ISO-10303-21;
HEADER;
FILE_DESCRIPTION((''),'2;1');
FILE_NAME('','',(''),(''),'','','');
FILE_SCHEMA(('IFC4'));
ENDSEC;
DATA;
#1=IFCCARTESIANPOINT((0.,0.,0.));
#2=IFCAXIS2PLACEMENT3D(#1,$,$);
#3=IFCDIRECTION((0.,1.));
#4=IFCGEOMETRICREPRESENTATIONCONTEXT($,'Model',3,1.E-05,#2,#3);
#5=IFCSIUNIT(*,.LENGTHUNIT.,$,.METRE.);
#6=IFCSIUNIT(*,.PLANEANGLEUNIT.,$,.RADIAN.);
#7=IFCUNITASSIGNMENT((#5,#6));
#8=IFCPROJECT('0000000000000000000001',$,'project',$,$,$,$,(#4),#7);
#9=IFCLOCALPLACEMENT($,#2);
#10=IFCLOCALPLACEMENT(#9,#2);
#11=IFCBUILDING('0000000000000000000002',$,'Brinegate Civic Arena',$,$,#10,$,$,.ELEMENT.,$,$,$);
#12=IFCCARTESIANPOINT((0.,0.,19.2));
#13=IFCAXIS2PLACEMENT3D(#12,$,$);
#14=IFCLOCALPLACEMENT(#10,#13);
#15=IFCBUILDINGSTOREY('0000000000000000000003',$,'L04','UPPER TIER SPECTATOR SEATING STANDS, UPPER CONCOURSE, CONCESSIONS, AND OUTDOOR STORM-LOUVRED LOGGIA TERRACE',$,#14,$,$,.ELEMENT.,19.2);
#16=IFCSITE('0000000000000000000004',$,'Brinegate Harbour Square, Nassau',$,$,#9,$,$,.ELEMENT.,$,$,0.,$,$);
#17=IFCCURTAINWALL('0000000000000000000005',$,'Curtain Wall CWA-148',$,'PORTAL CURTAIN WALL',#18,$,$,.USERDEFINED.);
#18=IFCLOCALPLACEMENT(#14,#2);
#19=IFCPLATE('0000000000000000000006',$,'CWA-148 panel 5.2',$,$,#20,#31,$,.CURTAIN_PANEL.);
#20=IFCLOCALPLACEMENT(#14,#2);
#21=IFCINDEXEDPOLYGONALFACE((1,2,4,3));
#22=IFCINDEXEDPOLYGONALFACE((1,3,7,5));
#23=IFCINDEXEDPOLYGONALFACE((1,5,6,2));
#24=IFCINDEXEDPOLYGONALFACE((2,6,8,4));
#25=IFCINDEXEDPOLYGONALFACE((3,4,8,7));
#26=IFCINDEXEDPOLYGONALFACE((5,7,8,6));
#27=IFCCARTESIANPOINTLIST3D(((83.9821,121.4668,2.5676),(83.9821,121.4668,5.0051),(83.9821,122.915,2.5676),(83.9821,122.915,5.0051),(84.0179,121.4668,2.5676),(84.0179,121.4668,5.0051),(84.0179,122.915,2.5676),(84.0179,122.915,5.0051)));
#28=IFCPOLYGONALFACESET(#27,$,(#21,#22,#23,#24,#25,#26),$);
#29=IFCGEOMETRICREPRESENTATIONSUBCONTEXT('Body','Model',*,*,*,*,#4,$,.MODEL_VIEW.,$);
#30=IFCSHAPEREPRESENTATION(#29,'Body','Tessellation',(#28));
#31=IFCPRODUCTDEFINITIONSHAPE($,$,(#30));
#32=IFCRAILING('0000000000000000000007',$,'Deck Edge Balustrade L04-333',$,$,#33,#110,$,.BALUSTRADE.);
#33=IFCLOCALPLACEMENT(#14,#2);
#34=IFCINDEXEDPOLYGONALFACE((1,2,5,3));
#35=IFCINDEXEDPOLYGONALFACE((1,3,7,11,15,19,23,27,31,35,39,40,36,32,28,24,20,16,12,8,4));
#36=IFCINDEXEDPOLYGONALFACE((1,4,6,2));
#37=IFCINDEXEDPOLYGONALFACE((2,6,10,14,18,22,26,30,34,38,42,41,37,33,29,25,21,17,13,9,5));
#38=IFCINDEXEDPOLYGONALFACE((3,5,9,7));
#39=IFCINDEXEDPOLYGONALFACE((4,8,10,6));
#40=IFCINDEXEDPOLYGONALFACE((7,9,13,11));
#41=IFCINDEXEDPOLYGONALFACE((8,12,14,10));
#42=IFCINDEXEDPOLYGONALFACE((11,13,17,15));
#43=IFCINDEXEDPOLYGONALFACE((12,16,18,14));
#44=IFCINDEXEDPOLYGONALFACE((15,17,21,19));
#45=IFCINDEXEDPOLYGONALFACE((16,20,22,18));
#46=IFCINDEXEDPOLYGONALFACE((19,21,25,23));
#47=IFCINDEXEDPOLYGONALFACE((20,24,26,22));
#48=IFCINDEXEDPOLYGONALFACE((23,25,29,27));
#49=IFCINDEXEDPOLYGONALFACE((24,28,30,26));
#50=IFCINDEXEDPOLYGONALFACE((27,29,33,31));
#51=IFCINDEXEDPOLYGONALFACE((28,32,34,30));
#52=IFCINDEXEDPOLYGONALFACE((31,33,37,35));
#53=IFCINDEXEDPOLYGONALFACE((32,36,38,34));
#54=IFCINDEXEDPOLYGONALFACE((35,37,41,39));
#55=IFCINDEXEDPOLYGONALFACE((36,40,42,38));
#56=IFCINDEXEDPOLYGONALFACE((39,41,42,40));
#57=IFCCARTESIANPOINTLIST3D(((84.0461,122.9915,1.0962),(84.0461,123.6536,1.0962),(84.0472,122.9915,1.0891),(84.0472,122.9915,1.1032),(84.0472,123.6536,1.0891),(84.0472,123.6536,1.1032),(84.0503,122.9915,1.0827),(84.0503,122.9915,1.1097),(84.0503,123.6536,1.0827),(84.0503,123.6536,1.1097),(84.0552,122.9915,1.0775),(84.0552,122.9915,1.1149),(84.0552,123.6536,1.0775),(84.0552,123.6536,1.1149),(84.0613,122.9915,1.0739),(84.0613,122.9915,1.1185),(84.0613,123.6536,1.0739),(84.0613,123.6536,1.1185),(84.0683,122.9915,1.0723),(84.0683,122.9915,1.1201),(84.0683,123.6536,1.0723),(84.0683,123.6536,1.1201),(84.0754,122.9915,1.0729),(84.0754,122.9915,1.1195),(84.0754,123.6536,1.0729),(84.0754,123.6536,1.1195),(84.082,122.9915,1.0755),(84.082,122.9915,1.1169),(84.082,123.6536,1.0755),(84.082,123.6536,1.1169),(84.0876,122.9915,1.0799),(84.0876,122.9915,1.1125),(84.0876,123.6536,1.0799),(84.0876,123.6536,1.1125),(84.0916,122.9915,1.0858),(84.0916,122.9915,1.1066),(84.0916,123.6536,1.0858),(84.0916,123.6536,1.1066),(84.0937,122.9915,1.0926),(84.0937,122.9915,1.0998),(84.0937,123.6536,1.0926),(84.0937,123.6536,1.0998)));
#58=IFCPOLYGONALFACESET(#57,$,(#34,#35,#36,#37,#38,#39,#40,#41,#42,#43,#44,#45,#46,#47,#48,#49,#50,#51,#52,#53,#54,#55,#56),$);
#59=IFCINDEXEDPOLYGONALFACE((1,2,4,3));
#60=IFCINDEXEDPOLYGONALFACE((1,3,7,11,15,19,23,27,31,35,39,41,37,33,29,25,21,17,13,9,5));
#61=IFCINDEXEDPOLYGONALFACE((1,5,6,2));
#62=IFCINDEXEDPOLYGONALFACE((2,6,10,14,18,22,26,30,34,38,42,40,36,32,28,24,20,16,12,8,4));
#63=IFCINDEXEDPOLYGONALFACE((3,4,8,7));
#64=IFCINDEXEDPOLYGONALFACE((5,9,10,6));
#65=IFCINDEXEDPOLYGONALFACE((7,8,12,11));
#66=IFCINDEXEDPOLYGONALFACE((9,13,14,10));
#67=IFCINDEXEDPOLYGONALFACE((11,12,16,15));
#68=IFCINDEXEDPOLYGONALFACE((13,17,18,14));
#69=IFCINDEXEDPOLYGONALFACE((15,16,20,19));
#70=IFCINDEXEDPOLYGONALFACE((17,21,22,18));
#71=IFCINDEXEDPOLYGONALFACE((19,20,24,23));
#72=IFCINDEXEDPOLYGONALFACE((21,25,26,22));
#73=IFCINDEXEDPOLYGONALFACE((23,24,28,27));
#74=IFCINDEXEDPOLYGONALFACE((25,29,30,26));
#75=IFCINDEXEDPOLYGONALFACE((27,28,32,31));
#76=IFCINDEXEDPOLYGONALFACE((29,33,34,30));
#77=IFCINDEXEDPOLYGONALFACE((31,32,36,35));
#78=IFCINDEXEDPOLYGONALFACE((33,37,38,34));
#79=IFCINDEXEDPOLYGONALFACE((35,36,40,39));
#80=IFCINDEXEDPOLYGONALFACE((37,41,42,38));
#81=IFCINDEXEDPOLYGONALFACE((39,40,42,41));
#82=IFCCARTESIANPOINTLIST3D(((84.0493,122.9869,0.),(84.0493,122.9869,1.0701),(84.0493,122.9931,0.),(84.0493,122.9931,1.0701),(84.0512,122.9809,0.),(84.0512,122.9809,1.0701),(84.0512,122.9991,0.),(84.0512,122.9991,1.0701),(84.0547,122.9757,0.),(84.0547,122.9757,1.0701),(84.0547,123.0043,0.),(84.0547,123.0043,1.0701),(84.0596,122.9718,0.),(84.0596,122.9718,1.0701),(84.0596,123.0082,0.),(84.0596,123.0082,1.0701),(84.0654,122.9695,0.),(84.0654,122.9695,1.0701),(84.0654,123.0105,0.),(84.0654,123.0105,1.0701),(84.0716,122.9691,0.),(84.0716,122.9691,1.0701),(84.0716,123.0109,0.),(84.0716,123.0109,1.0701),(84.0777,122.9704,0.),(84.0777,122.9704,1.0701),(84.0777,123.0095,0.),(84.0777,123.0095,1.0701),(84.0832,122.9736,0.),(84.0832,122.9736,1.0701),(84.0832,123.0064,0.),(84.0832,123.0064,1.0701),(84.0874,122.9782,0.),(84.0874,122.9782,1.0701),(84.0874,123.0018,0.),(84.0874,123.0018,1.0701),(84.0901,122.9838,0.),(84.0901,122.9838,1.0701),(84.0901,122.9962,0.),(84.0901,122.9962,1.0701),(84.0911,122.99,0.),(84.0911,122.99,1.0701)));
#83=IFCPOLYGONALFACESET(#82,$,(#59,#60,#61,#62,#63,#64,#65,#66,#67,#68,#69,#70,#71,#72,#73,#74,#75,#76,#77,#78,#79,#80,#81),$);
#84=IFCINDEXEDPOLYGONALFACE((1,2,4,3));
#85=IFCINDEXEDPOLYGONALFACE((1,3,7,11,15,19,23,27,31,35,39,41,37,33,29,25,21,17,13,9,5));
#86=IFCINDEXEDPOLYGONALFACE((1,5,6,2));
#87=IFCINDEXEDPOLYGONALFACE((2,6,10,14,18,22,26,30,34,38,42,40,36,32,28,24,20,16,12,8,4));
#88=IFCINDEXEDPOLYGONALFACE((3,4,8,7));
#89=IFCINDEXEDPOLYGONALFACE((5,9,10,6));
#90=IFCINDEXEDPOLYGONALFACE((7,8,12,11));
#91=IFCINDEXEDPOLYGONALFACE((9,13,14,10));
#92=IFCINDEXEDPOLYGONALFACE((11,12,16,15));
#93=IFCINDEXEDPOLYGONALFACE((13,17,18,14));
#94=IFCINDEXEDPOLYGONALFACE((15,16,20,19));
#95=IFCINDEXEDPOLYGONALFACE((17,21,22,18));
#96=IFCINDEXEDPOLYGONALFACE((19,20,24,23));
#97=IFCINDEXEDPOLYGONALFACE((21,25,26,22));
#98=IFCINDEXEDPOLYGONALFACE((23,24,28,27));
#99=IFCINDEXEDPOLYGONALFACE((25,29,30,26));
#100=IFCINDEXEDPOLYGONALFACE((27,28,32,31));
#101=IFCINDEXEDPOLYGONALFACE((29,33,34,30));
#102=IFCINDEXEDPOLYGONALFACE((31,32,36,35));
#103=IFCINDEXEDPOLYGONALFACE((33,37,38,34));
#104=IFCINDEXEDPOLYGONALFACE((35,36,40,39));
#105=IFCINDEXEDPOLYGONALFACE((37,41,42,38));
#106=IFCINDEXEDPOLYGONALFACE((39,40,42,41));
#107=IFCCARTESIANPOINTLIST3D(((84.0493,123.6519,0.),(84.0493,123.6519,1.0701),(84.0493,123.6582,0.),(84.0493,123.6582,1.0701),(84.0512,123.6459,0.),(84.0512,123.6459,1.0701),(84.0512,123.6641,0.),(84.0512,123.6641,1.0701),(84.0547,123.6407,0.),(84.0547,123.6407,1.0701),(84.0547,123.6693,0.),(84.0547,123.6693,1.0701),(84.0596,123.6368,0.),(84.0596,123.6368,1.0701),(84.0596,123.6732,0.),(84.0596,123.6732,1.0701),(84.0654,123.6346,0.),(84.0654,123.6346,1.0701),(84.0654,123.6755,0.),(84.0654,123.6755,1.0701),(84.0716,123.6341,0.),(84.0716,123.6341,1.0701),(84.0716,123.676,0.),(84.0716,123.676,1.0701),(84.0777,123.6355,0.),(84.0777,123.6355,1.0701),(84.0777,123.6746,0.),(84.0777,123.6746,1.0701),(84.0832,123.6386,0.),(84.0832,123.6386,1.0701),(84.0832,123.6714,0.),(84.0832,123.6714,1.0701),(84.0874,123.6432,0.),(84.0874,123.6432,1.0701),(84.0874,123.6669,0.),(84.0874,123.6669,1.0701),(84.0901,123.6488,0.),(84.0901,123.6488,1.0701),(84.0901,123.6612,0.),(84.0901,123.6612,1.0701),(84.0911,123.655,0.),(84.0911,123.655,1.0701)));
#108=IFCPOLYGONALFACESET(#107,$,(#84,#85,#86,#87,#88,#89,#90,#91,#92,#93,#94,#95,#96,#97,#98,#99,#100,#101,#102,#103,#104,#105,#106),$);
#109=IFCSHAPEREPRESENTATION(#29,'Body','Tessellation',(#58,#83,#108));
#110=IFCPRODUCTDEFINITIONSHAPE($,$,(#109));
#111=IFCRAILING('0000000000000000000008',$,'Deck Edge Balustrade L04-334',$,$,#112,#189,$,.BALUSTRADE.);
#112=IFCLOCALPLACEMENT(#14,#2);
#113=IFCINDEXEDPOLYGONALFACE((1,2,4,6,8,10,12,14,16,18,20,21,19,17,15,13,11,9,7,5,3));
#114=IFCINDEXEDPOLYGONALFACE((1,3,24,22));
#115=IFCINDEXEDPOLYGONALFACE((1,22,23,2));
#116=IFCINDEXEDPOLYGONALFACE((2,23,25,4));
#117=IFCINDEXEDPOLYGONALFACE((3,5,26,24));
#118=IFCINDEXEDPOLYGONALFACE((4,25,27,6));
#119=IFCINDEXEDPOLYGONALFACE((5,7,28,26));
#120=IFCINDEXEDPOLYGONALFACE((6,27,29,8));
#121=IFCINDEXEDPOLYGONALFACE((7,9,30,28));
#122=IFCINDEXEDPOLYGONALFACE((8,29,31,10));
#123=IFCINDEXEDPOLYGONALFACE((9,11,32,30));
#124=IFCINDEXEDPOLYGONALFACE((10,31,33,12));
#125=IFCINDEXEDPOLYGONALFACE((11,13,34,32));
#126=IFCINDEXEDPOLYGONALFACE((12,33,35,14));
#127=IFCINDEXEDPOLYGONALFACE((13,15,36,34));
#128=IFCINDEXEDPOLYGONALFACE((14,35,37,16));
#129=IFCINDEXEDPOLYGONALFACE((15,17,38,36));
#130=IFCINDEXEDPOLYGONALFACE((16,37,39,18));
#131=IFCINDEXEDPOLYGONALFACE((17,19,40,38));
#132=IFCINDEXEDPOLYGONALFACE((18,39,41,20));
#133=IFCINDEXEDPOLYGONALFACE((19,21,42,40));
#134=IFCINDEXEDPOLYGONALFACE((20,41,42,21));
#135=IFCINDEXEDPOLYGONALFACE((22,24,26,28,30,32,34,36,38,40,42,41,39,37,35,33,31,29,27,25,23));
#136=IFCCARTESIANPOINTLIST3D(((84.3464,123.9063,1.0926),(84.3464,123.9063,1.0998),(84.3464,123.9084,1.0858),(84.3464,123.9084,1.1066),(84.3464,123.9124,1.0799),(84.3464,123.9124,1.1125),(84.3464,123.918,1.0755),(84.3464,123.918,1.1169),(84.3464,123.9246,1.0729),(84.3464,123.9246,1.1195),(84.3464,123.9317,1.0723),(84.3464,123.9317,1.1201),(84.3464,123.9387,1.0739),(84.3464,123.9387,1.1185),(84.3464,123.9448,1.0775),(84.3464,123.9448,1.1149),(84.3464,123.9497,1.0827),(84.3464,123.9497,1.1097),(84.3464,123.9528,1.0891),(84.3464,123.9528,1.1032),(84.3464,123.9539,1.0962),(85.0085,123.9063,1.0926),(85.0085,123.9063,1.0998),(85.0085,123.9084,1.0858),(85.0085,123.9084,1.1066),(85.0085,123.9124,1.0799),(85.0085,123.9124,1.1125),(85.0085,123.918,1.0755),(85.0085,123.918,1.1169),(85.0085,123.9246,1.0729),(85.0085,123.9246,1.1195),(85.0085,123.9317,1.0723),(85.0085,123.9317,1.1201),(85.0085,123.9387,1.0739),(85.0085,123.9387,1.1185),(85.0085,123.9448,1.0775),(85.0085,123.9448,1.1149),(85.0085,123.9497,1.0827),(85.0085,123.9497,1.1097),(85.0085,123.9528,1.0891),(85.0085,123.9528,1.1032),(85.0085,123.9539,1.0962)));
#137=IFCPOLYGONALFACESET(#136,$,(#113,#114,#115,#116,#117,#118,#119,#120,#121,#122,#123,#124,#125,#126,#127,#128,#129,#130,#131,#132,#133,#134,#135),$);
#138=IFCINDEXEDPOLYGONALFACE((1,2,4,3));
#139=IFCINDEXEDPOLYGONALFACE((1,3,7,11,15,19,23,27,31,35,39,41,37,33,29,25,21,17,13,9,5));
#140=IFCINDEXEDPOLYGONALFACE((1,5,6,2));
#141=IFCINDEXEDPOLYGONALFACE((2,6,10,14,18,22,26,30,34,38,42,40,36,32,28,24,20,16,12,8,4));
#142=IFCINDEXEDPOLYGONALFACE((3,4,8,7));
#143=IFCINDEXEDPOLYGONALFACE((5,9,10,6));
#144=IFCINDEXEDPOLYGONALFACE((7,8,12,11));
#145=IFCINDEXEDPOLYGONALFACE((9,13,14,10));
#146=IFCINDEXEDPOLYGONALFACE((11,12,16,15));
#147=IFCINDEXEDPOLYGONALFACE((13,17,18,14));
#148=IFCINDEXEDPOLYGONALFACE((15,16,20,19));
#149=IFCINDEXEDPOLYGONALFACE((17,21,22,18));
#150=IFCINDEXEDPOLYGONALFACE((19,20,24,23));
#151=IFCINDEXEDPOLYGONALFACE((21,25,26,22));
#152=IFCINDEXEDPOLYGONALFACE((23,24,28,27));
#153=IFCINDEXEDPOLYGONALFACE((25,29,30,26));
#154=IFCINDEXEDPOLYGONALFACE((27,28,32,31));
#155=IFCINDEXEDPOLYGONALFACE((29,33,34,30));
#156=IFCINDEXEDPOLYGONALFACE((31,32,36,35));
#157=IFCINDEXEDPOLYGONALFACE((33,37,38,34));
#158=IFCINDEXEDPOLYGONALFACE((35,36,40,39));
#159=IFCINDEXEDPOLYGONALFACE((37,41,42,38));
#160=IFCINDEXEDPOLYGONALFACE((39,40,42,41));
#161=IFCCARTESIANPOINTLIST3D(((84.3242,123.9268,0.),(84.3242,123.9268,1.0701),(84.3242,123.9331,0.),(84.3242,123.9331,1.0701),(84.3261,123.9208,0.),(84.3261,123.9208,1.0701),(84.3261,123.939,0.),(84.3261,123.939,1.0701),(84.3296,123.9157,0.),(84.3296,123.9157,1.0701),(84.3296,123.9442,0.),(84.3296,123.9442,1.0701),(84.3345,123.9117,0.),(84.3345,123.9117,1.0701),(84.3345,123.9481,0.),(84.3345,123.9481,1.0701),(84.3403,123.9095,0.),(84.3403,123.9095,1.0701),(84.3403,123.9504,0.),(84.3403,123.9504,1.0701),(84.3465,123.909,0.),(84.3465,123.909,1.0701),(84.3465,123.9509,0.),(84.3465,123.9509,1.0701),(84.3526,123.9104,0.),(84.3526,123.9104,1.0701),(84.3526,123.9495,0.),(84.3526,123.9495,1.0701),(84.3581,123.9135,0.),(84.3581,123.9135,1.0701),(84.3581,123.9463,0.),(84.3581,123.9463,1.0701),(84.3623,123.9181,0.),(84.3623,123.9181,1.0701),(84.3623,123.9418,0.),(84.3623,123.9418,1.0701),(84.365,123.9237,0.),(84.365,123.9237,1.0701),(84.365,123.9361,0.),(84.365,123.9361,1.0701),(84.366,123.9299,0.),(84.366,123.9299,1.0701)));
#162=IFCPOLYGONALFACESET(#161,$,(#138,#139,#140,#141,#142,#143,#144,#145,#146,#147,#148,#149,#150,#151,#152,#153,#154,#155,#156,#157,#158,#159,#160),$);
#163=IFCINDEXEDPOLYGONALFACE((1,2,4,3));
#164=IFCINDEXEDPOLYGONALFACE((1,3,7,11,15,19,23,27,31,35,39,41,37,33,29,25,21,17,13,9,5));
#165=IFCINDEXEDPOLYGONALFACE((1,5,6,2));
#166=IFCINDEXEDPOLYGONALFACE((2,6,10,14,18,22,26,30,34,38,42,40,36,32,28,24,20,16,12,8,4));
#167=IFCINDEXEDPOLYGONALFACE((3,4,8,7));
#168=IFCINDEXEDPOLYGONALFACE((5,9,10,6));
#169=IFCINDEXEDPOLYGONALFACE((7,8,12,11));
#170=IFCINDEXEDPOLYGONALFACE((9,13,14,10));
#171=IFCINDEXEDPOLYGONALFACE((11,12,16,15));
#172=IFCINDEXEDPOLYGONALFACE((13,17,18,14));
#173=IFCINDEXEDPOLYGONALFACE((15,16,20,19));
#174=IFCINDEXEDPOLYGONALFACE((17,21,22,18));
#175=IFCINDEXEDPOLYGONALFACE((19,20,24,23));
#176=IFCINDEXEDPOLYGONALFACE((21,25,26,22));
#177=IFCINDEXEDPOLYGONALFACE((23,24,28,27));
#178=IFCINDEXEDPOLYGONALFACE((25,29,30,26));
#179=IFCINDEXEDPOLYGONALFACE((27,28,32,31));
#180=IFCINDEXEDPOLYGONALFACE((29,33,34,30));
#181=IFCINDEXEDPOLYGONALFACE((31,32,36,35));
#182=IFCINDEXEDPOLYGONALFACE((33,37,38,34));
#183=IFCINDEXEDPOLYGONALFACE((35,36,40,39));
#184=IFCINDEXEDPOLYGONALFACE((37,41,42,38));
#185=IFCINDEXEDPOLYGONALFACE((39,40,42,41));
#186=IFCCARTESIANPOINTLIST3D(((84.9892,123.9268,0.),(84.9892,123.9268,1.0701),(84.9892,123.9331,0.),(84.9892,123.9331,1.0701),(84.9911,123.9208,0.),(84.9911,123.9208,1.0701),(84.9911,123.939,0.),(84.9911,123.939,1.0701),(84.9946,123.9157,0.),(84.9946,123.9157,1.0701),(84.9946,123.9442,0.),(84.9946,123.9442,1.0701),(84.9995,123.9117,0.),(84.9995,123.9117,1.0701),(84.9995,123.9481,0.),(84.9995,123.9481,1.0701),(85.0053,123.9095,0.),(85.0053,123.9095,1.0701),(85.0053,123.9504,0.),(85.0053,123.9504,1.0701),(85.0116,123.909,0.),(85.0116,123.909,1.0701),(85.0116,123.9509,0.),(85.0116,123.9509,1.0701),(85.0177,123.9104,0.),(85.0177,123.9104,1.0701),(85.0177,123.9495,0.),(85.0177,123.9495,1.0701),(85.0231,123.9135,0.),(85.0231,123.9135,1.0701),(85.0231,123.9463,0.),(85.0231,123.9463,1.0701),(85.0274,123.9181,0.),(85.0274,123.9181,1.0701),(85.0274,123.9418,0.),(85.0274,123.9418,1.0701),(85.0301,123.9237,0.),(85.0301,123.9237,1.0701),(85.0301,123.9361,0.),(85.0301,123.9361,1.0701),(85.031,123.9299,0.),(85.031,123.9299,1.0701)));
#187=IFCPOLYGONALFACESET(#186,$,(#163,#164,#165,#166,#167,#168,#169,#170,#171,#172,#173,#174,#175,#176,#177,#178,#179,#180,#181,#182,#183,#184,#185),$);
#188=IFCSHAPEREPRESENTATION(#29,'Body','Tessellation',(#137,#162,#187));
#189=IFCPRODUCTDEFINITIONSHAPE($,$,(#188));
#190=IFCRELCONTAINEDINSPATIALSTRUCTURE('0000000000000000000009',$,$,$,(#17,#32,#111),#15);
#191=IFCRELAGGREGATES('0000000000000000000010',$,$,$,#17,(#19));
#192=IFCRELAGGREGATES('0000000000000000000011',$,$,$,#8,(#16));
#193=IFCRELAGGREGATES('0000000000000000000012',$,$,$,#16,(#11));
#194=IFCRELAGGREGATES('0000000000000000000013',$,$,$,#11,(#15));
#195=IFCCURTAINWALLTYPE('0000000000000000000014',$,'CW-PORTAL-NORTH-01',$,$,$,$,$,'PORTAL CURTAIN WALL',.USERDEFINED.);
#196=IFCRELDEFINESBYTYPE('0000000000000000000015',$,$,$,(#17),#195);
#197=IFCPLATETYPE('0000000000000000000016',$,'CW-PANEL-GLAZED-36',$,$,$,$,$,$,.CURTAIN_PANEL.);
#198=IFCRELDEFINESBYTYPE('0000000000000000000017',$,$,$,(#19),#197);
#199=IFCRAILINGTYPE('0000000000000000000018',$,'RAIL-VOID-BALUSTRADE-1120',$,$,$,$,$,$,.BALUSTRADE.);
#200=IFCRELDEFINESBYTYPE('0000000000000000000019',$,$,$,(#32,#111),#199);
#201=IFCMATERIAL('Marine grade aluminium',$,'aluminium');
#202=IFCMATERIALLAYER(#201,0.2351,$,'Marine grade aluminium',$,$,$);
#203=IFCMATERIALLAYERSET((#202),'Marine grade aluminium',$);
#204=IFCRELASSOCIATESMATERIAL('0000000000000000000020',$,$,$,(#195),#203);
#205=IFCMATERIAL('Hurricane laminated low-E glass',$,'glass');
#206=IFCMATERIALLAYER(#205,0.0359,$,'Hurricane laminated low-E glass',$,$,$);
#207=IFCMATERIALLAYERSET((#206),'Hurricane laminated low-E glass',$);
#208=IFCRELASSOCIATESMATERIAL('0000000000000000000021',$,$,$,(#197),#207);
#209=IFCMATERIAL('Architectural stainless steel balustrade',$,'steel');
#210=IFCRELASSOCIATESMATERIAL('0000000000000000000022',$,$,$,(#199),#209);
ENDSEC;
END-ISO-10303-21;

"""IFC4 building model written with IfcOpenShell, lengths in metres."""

from ifc_helpers import new_model, si_unit, direction, frame, origin, origin_2d, place, context, subcontext, project, spatial, rectangle, circle, extrude, material, layer, layer_set, type_object, element, aggregate, save


model = new_model("IFC4")

# Units and contexts
model_context = context("Model", 3, precision=1e-05, world=origin(), true_north=direction((0.0, 1.0)))
body_context = subcontext(model_context, "Body", "Model", "MODEL_VIEW")
ifc_project = project(units=[si_unit("LENGTHUNIT", "METRE"), si_unit("PLANEANGLEUNIT", "RADIAN")], contexts=[model_context])

# Site, building, storey
site_placement = place(None, origin())
site = spatial("IfcSite", under=ifc_project, at=site_placement, Name="Brinegate Harbour Square, Nassau", CompositionType="ELEMENT", RefElevation=0.0)
building_placement = place(site_placement, origin())
building = spatial("IfcBuilding", under=site, at=building_placement, Name="Brinegate Civic Arena", CompositionType="ELEMENT")
storey_placement = place(building_placement, frame((0.0, 0.0, 19.2)))
storey = spatial("IfcBuildingStorey", under=building, at=storey_placement, Name="L04", Description="UPPER TIER SPECTATOR SEATING STANDS, UPPER CONCOURSE, CONCESSIONS, AND OUTDOOR STORM-LOUVRED LOGGIA TERRACE", CompositionType="ELEMENT", Elevation=19.2)

# Shared definitions
ifc_material_1 = material(Name="Marine grade aluminium", Category="aluminium")
ifc_layer_1 = layer(ifc_material_1, 0.2351, Name="Marine grade aluminium")
ifc_layer_set_1 = layer_set([ifc_layer_1], Name="Marine grade aluminium")
curtain_wall_type = type_object("IfcCurtainWallType", Name="CW-PORTAL-NORTH-01", ElementType="PORTAL CURTAIN WALL", PredefinedType="USERDEFINED", material=ifc_layer_set_1)

# Curtain wall
curtain_wall_1_placement = place(storey_placement, origin())
curtain_wall_1 = element("IfcCurtainWall", 1, at=curtain_wall_1_placement, inside=storey, type_object=curtain_wall_type, Name="Curtain Wall CWA-148", ObjectType="PORTAL CURTAIN WALL", PredefinedType="USERDEFINED")

# Plate
ifc_material_2 = material(Name="Hurricane laminated low-E glass", Category="glass")
ifc_layer_2 = layer(ifc_material_2, 0.0359, Name="Hurricane laminated low-E glass")
ifc_layer_set_2 = layer_set([ifc_layer_2], Name="Hurricane laminated low-E glass")
plate_type = type_object("IfcPlateType", Name="CW-PANEL-GLAZED-36", PredefinedType="CURTAIN_PANEL", material=ifc_layer_set_2)
plate_1_placement = place(storey_placement, frame((84.0, 122.1909, 2.5676), z_axis=(0.0, 0.0, 1.0), x_axis=(0.0, 1.0, 0.0)))
plate_1 = element("IfcPlate", 2, at=plate_1_placement, type_object=plate_type, Name="CWA-148 panel 5.2", PredefinedType="CURTAIN_PANEL", context=body_context, shape_type="SweptSolid", body=[
    extrude(rectangle(XDim=1.4482, YDim=0.0359, at=origin_2d()), origin(), (0.0, 0.0, 1.0), 2.4375),
])
aggregate(curtain_wall_1, [plate_1])

# Railings
ifc_material_3 = material(Name="Architectural stainless steel balustrade", Category="steel")
railing_type = type_object("IfcRailingType", Name="RAIL-VOID-BALUSTRADE-1120", PredefinedType="BALUSTRADE", material=ifc_material_3)
railing_1_placement = place(storey_placement, frame((84.0701, 122.99, 0.0)))
element("IfcRailing", 3, at=railing_1_placement, inside=storey, type_object=railing_type, Name="Deck Edge Balustrade L04-333", PredefinedType="BALUSTRADE", context=body_context, shape_type="SweptSolid", body=[
    extrude(circle(Radius=0.0239, at=origin_2d()), frame((0.0, 0.0015, 1.0962), z_axis=(0.0, 1.0, 0.0), x_axis=(-1.0, 0.0, 0.0)), (0.0, 0.0, 1.0), 0.6621),
    extrude(circle(Radius=0.021, at=origin_2d()), origin(), (0.0, 0.0, 1.0), 1.0701),
    extrude(circle(Radius=0.021, at=origin_2d()), frame((0.0, 0.665, 0.0)), (0.0, 0.0, 1.0), 1.0701),
])
railing_2_placement = place(storey_placement, frame((84.345, 123.9299, 0.0)))
element("IfcRailing", 4, at=railing_2_placement, inside=storey, type_object=railing_type, Name="Deck Edge Balustrade L04-334", PredefinedType="BALUSTRADE", context=body_context, shape_type="SweptSolid", body=[
    extrude(circle(Radius=0.0239, at=origin_2d()), frame((0.0015, 0.0, 1.0962), z_axis=(1.0, 0.0, 0.0), x_axis=(0.0, 1.0, 0.0)), (0.0, 0.0, 1.0), 0.6621),
    extrude(circle(Radius=0.021, at=origin_2d()), origin(), (0.0, 0.0, 1.0), 1.0701),
    extrude(circle(Radius=0.021, at=origin_2d()), frame((0.665, 0.0, 0.0)), (0.0, 0.0, 1.0), 1.0701),
])

save(model, "model.ifc")
